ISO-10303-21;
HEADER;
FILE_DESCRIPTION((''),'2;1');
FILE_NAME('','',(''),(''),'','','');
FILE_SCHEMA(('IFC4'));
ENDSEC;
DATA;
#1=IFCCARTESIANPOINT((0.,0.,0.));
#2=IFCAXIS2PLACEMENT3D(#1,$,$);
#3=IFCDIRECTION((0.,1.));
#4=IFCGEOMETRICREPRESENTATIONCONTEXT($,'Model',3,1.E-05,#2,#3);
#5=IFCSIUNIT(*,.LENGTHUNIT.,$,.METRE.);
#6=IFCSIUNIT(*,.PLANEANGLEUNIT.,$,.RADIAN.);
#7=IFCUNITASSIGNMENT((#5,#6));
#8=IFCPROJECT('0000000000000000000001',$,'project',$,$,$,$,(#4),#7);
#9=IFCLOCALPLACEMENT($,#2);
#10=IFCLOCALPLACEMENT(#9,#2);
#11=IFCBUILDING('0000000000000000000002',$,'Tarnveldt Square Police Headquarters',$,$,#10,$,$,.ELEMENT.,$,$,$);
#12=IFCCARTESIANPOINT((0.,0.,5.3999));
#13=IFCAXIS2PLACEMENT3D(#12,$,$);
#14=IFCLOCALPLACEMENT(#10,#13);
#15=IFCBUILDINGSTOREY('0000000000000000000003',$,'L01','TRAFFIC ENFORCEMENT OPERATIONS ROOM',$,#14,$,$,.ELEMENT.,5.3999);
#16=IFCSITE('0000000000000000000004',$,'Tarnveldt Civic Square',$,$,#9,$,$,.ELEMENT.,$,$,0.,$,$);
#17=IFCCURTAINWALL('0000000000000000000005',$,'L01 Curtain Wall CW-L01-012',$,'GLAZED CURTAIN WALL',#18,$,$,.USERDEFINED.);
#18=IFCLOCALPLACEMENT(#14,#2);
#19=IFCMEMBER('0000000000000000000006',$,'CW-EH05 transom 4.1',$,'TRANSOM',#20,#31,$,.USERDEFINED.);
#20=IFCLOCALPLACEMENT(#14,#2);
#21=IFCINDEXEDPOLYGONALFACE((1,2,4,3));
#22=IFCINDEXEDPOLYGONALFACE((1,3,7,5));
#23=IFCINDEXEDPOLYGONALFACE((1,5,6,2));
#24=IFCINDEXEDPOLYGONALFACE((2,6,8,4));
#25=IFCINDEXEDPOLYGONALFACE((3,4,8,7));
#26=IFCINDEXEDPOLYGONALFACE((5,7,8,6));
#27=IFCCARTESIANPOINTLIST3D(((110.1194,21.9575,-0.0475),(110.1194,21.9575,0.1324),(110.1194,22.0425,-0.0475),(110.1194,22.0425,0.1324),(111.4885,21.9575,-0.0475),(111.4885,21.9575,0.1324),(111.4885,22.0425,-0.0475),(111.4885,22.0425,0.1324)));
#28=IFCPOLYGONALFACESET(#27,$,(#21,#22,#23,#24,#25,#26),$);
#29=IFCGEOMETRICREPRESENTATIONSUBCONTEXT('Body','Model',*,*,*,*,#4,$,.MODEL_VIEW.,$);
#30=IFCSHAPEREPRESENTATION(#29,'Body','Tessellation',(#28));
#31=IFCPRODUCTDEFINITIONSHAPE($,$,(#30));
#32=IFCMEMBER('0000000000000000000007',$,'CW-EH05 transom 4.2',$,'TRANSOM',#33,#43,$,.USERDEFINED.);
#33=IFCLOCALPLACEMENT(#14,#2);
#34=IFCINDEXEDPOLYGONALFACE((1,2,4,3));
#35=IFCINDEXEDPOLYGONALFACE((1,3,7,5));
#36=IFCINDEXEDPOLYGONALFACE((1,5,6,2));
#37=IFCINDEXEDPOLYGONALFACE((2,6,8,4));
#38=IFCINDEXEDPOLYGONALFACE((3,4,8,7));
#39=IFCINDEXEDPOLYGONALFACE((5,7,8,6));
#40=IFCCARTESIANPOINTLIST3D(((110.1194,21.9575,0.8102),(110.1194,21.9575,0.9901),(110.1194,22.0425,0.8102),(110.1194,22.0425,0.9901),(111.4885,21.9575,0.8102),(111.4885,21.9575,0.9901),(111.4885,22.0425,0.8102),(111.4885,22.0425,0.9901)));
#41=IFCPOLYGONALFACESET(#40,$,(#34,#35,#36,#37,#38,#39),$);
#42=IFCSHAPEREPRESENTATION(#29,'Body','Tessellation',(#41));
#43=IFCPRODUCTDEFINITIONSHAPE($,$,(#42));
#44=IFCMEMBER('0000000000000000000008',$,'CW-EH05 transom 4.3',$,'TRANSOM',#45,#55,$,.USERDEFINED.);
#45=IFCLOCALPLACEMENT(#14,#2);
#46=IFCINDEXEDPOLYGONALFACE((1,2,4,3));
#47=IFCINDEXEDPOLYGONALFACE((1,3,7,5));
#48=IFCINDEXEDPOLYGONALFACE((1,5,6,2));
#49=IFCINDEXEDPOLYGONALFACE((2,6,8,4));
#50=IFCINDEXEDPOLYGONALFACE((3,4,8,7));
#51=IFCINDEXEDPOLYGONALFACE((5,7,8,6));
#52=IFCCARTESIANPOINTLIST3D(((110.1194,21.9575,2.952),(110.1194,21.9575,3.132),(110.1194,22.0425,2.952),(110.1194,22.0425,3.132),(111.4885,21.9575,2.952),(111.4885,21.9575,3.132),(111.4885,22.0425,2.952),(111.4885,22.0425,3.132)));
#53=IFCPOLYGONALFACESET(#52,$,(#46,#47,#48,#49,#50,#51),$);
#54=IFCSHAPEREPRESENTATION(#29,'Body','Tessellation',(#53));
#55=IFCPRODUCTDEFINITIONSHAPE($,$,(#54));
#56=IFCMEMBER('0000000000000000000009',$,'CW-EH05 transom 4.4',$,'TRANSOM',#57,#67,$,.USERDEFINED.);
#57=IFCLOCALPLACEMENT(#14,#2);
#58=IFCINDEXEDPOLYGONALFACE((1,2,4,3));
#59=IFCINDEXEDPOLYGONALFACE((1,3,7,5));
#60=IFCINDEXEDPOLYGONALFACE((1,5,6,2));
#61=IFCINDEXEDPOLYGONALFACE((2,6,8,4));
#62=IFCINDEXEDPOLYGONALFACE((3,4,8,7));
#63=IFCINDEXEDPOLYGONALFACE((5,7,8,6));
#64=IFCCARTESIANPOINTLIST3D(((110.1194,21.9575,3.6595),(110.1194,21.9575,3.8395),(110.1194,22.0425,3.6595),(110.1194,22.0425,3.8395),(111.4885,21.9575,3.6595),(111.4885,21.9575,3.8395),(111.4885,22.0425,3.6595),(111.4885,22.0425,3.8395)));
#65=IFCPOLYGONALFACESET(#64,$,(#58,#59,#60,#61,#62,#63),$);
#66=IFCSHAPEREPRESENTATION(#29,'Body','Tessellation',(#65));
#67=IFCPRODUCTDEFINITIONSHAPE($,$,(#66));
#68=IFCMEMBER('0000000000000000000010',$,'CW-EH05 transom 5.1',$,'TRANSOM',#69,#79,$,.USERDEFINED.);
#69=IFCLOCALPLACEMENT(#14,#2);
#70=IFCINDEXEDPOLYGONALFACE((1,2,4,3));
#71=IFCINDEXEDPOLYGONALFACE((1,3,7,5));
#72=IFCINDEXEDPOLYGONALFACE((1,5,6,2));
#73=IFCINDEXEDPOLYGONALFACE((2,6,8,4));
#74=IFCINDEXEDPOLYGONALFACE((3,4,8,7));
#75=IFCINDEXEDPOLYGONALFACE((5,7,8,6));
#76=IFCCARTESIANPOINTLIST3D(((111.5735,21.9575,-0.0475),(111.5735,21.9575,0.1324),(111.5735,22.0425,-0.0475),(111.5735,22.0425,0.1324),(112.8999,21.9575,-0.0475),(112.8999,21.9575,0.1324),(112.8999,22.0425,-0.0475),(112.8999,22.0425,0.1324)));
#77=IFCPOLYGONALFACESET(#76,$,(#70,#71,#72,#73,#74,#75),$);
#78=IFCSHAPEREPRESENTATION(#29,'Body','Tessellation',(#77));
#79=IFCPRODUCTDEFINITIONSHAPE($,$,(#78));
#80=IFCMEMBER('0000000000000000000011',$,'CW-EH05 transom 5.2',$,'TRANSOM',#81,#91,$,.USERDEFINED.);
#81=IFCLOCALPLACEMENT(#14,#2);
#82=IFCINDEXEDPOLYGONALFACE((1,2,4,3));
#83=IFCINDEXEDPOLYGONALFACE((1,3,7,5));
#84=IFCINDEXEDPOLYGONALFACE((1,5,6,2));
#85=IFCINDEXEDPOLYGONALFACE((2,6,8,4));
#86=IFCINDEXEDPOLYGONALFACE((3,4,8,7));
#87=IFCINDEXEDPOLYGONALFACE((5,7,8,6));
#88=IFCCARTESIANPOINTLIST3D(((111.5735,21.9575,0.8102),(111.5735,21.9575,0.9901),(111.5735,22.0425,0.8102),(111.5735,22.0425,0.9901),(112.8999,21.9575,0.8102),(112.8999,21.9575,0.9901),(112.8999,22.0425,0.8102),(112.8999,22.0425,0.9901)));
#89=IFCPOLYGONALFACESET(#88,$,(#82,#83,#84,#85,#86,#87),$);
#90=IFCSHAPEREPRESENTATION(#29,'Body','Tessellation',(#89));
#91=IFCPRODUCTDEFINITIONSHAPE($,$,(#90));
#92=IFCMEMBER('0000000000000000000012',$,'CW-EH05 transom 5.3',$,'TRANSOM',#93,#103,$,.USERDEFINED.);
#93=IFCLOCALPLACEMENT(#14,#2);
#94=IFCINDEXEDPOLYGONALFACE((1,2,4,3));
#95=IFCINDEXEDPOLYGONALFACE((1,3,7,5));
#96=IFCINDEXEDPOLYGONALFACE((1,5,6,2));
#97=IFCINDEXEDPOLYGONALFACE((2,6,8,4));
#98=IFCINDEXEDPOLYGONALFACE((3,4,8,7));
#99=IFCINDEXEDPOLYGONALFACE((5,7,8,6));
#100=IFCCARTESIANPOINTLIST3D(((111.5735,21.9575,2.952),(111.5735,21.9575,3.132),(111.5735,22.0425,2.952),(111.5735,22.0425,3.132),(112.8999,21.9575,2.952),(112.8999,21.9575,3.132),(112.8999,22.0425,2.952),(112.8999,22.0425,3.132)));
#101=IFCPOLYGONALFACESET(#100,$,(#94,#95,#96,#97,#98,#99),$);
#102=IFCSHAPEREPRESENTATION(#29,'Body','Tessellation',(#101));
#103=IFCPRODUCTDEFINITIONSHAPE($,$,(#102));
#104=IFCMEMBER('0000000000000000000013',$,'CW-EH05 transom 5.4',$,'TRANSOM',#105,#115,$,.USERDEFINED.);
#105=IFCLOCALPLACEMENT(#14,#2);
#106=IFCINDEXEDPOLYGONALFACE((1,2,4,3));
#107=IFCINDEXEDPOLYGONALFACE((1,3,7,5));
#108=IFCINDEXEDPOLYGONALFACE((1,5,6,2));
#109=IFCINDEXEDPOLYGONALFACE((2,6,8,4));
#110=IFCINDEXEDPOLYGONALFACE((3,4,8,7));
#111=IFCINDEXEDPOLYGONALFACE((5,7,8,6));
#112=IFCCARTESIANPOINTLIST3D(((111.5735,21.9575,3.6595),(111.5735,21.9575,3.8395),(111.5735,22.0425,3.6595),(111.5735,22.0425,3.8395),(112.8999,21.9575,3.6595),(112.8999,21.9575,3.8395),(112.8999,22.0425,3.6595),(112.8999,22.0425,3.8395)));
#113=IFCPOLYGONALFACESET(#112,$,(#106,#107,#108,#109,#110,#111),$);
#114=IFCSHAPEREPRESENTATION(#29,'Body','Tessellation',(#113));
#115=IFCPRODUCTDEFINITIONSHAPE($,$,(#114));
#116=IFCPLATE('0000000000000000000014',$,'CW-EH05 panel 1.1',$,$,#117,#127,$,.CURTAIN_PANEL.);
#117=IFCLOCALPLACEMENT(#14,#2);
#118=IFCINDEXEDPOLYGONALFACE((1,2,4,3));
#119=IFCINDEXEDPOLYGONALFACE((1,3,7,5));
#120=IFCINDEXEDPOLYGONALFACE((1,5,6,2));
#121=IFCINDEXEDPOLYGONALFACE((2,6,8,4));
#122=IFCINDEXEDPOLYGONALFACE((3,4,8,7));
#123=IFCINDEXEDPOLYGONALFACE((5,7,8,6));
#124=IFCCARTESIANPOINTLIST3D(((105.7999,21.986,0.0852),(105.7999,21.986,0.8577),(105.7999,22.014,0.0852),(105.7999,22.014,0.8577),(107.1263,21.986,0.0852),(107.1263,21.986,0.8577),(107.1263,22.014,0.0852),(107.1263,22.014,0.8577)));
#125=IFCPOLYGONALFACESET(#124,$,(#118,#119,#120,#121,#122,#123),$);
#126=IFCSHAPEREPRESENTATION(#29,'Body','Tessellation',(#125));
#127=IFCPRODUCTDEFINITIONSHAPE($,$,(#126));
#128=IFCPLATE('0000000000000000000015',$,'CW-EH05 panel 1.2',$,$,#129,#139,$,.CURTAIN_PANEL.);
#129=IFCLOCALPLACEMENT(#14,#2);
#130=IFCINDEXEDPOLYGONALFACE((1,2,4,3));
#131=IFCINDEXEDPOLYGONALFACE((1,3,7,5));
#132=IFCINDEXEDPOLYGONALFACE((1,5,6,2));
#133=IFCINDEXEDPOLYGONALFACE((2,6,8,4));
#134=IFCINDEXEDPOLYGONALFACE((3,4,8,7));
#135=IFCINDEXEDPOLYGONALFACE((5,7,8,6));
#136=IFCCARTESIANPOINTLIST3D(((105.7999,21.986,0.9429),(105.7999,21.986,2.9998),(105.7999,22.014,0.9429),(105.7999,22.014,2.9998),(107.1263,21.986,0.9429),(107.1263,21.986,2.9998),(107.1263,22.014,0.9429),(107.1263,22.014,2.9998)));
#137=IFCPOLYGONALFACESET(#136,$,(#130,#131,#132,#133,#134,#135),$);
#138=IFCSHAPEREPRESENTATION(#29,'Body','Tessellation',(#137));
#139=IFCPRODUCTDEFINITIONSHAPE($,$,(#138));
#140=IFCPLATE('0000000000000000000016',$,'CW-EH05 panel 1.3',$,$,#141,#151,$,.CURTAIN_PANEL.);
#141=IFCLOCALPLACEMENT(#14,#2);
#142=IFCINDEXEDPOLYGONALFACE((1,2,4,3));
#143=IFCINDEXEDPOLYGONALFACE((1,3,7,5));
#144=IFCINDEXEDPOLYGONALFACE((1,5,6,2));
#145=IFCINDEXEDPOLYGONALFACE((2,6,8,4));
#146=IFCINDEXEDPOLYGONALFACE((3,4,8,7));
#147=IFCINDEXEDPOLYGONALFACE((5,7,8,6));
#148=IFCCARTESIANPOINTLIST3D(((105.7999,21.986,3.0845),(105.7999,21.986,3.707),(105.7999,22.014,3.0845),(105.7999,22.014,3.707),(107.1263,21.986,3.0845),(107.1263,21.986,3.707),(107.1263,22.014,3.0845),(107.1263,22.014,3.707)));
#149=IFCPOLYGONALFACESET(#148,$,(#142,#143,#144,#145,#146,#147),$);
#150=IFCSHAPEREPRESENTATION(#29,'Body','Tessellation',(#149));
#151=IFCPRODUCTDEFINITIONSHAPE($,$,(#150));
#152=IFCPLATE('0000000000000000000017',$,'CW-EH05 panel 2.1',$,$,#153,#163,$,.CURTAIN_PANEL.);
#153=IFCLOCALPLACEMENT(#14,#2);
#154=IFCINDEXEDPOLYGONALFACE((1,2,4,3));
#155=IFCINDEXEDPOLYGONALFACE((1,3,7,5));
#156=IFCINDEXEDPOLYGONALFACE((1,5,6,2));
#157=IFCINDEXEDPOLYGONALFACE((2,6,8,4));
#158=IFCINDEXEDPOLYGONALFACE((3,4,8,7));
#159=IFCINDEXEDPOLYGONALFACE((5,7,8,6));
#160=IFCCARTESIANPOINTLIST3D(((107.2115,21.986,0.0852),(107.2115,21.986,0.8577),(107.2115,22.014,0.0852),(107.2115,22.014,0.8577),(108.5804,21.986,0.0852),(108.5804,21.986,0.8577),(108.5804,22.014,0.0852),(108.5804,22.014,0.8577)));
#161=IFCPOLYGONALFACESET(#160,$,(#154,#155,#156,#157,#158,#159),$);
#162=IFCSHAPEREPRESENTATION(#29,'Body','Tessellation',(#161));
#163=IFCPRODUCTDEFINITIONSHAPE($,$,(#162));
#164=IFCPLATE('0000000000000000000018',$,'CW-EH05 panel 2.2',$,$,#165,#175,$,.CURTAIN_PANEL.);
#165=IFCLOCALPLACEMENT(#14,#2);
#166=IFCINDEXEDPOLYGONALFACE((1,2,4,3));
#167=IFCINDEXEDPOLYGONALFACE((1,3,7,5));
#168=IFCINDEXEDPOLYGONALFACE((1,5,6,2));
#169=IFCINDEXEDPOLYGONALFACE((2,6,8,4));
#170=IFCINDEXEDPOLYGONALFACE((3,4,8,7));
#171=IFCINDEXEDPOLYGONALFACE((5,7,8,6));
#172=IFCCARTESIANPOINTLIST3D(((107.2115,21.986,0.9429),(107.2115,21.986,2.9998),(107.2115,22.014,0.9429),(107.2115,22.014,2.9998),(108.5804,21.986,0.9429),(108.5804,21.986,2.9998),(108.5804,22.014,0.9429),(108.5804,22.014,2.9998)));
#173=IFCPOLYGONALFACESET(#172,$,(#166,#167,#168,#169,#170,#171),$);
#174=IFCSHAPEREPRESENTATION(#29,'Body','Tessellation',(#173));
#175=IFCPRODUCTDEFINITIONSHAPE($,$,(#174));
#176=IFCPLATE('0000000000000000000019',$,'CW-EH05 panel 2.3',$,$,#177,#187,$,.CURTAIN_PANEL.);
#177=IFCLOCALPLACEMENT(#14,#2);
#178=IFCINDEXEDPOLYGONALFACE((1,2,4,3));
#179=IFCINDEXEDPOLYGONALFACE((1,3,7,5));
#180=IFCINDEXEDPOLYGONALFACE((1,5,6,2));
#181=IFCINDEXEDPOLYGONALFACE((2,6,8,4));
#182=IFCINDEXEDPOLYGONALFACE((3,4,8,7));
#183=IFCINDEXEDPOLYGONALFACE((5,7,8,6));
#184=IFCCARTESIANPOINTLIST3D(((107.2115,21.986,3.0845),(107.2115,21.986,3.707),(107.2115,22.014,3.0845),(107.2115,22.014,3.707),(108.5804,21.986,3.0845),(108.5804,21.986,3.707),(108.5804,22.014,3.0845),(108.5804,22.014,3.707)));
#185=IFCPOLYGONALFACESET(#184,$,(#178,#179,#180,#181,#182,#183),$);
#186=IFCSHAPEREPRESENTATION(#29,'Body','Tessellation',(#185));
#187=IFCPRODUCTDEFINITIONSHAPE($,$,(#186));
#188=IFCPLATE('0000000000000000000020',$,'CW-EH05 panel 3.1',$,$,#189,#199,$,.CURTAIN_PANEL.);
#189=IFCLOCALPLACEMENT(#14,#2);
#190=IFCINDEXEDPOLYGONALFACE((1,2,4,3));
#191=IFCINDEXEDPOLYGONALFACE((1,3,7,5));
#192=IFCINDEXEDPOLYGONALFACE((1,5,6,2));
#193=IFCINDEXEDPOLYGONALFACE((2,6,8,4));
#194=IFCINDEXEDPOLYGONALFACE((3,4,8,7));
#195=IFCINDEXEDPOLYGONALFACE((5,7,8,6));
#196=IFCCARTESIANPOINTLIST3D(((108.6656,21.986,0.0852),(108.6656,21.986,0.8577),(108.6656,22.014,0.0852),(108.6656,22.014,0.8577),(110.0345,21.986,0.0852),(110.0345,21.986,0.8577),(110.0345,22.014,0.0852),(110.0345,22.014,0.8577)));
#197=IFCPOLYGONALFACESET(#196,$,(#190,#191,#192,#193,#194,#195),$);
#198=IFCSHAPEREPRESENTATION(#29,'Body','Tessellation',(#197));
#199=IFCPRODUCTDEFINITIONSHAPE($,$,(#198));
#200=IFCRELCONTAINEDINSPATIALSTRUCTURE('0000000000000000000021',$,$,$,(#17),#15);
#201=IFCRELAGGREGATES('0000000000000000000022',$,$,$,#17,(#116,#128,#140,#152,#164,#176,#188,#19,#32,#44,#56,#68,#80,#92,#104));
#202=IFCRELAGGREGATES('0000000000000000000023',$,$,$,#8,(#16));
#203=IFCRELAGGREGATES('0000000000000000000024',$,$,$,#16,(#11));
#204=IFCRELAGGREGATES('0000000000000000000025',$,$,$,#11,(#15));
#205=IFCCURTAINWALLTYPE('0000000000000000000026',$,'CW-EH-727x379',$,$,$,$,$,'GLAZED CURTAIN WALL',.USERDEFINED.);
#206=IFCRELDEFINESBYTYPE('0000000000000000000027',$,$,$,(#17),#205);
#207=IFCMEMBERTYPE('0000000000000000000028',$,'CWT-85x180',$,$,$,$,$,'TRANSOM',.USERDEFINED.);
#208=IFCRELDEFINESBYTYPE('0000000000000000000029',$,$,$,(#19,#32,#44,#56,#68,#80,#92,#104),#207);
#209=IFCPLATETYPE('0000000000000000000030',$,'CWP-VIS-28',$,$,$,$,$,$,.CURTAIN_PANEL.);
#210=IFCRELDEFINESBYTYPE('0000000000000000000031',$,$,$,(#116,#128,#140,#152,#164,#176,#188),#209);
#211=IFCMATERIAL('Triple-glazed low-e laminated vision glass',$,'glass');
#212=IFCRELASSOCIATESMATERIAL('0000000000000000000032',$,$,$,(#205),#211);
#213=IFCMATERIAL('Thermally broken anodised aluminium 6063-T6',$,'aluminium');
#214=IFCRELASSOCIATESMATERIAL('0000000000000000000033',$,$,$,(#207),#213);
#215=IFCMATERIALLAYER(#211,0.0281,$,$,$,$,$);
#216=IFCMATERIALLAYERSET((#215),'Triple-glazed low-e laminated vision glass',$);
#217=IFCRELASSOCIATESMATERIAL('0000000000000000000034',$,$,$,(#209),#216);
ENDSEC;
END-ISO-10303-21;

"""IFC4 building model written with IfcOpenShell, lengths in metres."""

from ifc_helpers import new_model, si_unit, direction, frame, origin, origin_2d, place, context, subcontext, project, spatial, rectangle, extrude, material, layer, layer_set, material_profile, profile_set, type_object, element, aggregate, save


model = new_model("IFC4")

# Units and contexts
model_context = context("Model", 3, precision=1e-05, world=origin(), true_north=direction((0.0, 1.0)))
body_context = subcontext(model_context, "Body", "Model", "MODEL_VIEW")
ifc_project = project(units=[si_unit("LENGTHUNIT", "METRE"), si_unit("PLANEANGLEUNIT", "RADIAN")], contexts=[model_context])

# Site, building, storey
site_placement = place(None, origin())
site = spatial("IfcSite", under=ifc_project, at=site_placement, Name="Tarnveldt Civic Square", CompositionType="ELEMENT", RefElevation=0.0)
building_placement = place(site_placement, origin())
building = spatial("IfcBuilding", under=site, at=building_placement, Name="Tarnveldt Square Police Headquarters", CompositionType="ELEMENT")
storey_placement = place(building_placement, frame((0.0, 0.0, 5.3999)))
storey = spatial("IfcBuildingStorey", under=building, at=storey_placement, Name="L01", Description="TRAFFIC ENFORCEMENT OPERATIONS ROOM", CompositionType="ELEMENT", Elevation=5.3999)

# Curtain wall, members, plates
ifc_material_1 = material(Name="Triple-glazed low-e laminated vision glass", Category="glass")
curtain_wall_type = type_object("IfcCurtainWallType", Name="CW-EH-727x379", ElementType="GLAZED CURTAIN WALL", PredefinedType="USERDEFINED", material=ifc_material_1)
curtain_wall_placement = place(storey_placement, origin())
curtain_wall = element("IfcCurtainWall", 1, at=curtain_wall_placement, inside=storey, type_object=curtain_wall_type, Name="L01 Curtain Wall CW-L01-012", ObjectType="GLAZED CURTAIN WALL", PredefinedType="USERDEFINED")
ifc_material_2 = material(Name="Thermally broken anodised aluminium 6063-T6", Category="aluminium")
ifc_material_profile_1 = material_profile(ifc_material_2, rectangle(XDim=0.085, YDim=0.1799, at=origin_2d()), Name="CW-T85x180")
ifc_profile_set_1 = profile_set([ifc_material_profile_1], Name="Thermally broken anodised aluminium 6063-T6")
member_type_1 = type_object("IfcMemberType", Name="CWT-85x180", ElementType="TRANSOM", PredefinedType="USERDEFINED", material=ifc_profile_set_1)
member_1_placement = place(storey_placement, frame((110.1194, 22.0, 0.0425), z_axis=(1.0, 0.0, 0.0), x_axis=(0.0, 1.0, 0.0)))
member_1 = element("IfcMember", 2, at=member_1_placement, type_object=member_type_1, Name="CW-EH05 transom 4.1", ObjectType="TRANSOM", PredefinedType="USERDEFINED", context=body_context, shape_type="SweptSolid", body=[
    extrude(rectangle(XDim=0.085, YDim=0.1799, at=origin_2d()), origin(), (0.0, 0.0, 1.0), 1.3691),
])
member_2_placement = place(storey_placement, frame((110.1194, 22.0, 0.9001), z_axis=(1.0, 0.0, 0.0), x_axis=(0.0, 1.0, 0.0)))
member_2 = element("IfcMember", 3, at=member_2_placement, type_object=member_type_1, Name="CW-EH05 transom 4.2", ObjectType="TRANSOM", PredefinedType="USERDEFINED", context=body_context, shape_type="SweptSolid", body=[
    extrude(rectangle(XDim=0.085, YDim=0.1799, at=origin_2d()), origin(), (0.0, 0.0, 1.0), 1.3691),
])
member_3_placement = place(storey_placement, frame((110.1194, 22.0, 3.042), z_axis=(1.0, 0.0, 0.0), x_axis=(0.0, 1.0, 0.0)))
member_3 = element("IfcMember", 4, at=member_3_placement, type_object=member_type_1, Name="CW-EH05 transom 4.3", ObjectType="TRANSOM", PredefinedType="USERDEFINED", context=body_context, shape_type="SweptSolid", body=[
    extrude(rectangle(XDim=0.085, YDim=0.1799, at=origin_2d()), origin(), (0.0, 0.0, 1.0), 1.3691),
])
member_4_placement = place(storey_placement, frame((110.1194, 22.0, 3.7495), z_axis=(1.0, 0.0, 0.0), x_axis=(0.0, 1.0, 0.0)))
member_4 = element("IfcMember", 5, at=member_4_placement, type_object=member_type_1, Name="CW-EH05 transom 4.4", ObjectType="TRANSOM", PredefinedType="USERDEFINED", context=body_context, shape_type="SweptSolid", body=[
    extrude(rectangle(XDim=0.085, YDim=0.1799, at=origin_2d()), origin(), (0.0, 0.0, 1.0), 1.3691),
])
member_5_placement = place(storey_placement, frame((111.5735, 22.0, 0.0425), z_axis=(1.0, 0.0, 0.0), x_axis=(0.0, 1.0, 0.0)))
member_5 = element("IfcMember", 6, at=member_5_placement, type_object=member_type_1, Name="CW-EH05 transom 5.1", ObjectType="TRANSOM", PredefinedType="USERDEFINED", context=body_context, shape_type="SweptSolid", body=[
    extrude(rectangle(XDim=0.085, YDim=0.1799, at=origin_2d()), origin(), (0.0, 0.0, 1.0), 1.3264),
])
member_6_placement = place(storey_placement, frame((111.5735, 22.0, 0.9001), z_axis=(1.0, 0.0, 0.0), x_axis=(0.0, 1.0, 0.0)))
member_6 = element("IfcMember", 7, at=member_6_placement, type_object=member_type_1, Name="CW-EH05 transom 5.2", ObjectType="TRANSOM", PredefinedType="USERDEFINED", context=body_context, shape_type="SweptSolid", body=[
    extrude(rectangle(XDim=0.085, YDim=0.1799, at=origin_2d()), origin(), (0.0, 0.0, 1.0), 1.3264),
])
member_7_placement = place(storey_placement, frame((111.5735, 22.0, 3.042), z_axis=(1.0, 0.0, 0.0), x_axis=(0.0, 1.0, 0.0)))
member_7 = element("IfcMember", 8, at=member_7_placement, type_object=member_type_1, Name="CW-EH05 transom 5.3", ObjectType="TRANSOM", PredefinedType="USERDEFINED", context=body_context, shape_type="SweptSolid", body=[
    extrude(rectangle(XDim=0.085, YDim=0.1799, at=origin_2d()), origin(), (0.0, 0.0, 1.0), 1.3264),
])
member_8_placement = place(storey_placement, frame((111.5735, 22.0, 3.7495), z_axis=(1.0, 0.0, 0.0), x_axis=(0.0, 1.0, 0.0)))
member_8 = element("IfcMember", 9, at=member_8_placement, type_object=member_type_1, Name="CW-EH05 transom 5.4", ObjectType="TRANSOM", PredefinedType="USERDEFINED", context=body_context, shape_type="SweptSolid", body=[
    extrude(rectangle(XDim=0.085, YDim=0.1799, at=origin_2d()), origin(), (0.0, 0.0, 1.0), 1.3264),
])
ifc_layer = layer(ifc_material_1, 0.0281)
ifc_layer_set = layer_set([ifc_layer], Name="Triple-glazed low-e laminated vision glass")
plate_type = type_object("IfcPlateType", Name="CWP-VIS-28", PredefinedType="CURTAIN_PANEL", material=ifc_layer_set)
plate_1_placement = place(storey_placement, frame((106.4631, 22.0, 0.0852), z_axis=(0.0, 0.0, 1.0), x_axis=(1.0, 0.0, 0.0)))
plate_1 = element("IfcPlate", 10, at=plate_1_placement, type_object=plate_type, Name="CW-EH05 panel 1.1", PredefinedType="CURTAIN_PANEL", context=body_context, shape_type="SweptSolid", body=[
    extrude(rectangle(XDim=1.3264, YDim=0.0281, at=origin_2d()), origin(), (0.0, 0.0, 1.0), 0.7725),
])
plate_2_placement = place(storey_placement, frame((106.4631, 22.0, 0.9429), z_axis=(0.0, 0.0, 1.0), x_axis=(1.0, 0.0, 0.0)))
plate_2 = element("IfcPlate", 11, at=plate_2_placement, type_object=plate_type, Name="CW-EH05 panel 1.2", PredefinedType="CURTAIN_PANEL", context=body_context, shape_type="SweptSolid", body=[
    extrude(rectangle(XDim=1.3264, YDim=0.0281, at=origin_2d()), origin(), (0.0, 0.0, 1.0), 2.0569),
])
plate_3_placement = place(storey_placement, frame((106.4631, 22.0, 3.0845), z_axis=(0.0, 0.0, 1.0), x_axis=(1.0, 0.0, 0.0)))
plate_3 = element("IfcPlate", 12, at=plate_3_placement, type_object=plate_type, Name="CW-EH05 panel 1.3", PredefinedType="CURTAIN_PANEL", context=body_context, shape_type="SweptSolid", body=[
    extrude(rectangle(XDim=1.3264, YDim=0.0281, at=origin_2d()), origin(), (0.0, 0.0, 1.0), 0.6226),
])
plate_4_placement = place(storey_placement, frame((107.896, 22.0, 0.0852), z_axis=(0.0, 0.0, 1.0), x_axis=(1.0, 0.0, 0.0)))
plate_4 = element("IfcPlate", 13, at=plate_4_placement, type_object=plate_type, Name="CW-EH05 panel 2.1", PredefinedType="CURTAIN_PANEL", context=body_context, shape_type="SweptSolid", body=[
    extrude(rectangle(XDim=1.3689, YDim=0.0281, at=origin_2d()), origin(), (0.0, 0.0, 1.0), 0.7725),
])
plate_5_placement = place(storey_placement, frame((107.896, 22.0, 0.9429), z_axis=(0.0, 0.0, 1.0), x_axis=(1.0, 0.0, 0.0)))
plate_5 = element("IfcPlate", 14, at=plate_5_placement, type_object=plate_type, Name="CW-EH05 panel 2.2", PredefinedType="CURTAIN_PANEL", context=body_context, shape_type="SweptSolid", body=[
    extrude(rectangle(XDim=1.3689, YDim=0.0281, at=origin_2d()), origin(), (0.0, 0.0, 1.0), 2.0569),
])
plate_6_placement = place(storey_placement, frame((107.896, 22.0, 3.0845), z_axis=(0.0, 0.0, 1.0), x_axis=(1.0, 0.0, 0.0)))
plate_6 = element("IfcPlate", 15, at=plate_6_placement, type_object=plate_type, Name="CW-EH05 panel 2.3", PredefinedType="CURTAIN_PANEL", context=body_context, shape_type="SweptSolid", body=[
    extrude(rectangle(XDim=1.3689, YDim=0.0281, at=origin_2d()), origin(), (0.0, 0.0, 1.0), 0.6226),
])
plate_7_placement = place(storey_placement, frame((109.3501, 22.0, 0.0852), z_axis=(0.0, 0.0, 1.0), x_axis=(1.0, 0.0, 0.0)))
plate_7 = element("IfcPlate", 16, at=plate_7_placement, type_object=plate_type, Name="CW-EH05 panel 3.1", PredefinedType="CURTAIN_PANEL", context=body_context, shape_type="SweptSolid", body=[
    extrude(rectangle(XDim=1.3689, YDim=0.0281, at=origin_2d()), origin(), (0.0, 0.0, 1.0), 0.7725),
])
aggregate(curtain_wall, [plate_1, plate_2, plate_3, plate_4, plate_5, plate_6, plate_7, member_1, member_2, member_3, member_4, member_5, member_6, member_7, member_8])

save(model, "model.ifc")
